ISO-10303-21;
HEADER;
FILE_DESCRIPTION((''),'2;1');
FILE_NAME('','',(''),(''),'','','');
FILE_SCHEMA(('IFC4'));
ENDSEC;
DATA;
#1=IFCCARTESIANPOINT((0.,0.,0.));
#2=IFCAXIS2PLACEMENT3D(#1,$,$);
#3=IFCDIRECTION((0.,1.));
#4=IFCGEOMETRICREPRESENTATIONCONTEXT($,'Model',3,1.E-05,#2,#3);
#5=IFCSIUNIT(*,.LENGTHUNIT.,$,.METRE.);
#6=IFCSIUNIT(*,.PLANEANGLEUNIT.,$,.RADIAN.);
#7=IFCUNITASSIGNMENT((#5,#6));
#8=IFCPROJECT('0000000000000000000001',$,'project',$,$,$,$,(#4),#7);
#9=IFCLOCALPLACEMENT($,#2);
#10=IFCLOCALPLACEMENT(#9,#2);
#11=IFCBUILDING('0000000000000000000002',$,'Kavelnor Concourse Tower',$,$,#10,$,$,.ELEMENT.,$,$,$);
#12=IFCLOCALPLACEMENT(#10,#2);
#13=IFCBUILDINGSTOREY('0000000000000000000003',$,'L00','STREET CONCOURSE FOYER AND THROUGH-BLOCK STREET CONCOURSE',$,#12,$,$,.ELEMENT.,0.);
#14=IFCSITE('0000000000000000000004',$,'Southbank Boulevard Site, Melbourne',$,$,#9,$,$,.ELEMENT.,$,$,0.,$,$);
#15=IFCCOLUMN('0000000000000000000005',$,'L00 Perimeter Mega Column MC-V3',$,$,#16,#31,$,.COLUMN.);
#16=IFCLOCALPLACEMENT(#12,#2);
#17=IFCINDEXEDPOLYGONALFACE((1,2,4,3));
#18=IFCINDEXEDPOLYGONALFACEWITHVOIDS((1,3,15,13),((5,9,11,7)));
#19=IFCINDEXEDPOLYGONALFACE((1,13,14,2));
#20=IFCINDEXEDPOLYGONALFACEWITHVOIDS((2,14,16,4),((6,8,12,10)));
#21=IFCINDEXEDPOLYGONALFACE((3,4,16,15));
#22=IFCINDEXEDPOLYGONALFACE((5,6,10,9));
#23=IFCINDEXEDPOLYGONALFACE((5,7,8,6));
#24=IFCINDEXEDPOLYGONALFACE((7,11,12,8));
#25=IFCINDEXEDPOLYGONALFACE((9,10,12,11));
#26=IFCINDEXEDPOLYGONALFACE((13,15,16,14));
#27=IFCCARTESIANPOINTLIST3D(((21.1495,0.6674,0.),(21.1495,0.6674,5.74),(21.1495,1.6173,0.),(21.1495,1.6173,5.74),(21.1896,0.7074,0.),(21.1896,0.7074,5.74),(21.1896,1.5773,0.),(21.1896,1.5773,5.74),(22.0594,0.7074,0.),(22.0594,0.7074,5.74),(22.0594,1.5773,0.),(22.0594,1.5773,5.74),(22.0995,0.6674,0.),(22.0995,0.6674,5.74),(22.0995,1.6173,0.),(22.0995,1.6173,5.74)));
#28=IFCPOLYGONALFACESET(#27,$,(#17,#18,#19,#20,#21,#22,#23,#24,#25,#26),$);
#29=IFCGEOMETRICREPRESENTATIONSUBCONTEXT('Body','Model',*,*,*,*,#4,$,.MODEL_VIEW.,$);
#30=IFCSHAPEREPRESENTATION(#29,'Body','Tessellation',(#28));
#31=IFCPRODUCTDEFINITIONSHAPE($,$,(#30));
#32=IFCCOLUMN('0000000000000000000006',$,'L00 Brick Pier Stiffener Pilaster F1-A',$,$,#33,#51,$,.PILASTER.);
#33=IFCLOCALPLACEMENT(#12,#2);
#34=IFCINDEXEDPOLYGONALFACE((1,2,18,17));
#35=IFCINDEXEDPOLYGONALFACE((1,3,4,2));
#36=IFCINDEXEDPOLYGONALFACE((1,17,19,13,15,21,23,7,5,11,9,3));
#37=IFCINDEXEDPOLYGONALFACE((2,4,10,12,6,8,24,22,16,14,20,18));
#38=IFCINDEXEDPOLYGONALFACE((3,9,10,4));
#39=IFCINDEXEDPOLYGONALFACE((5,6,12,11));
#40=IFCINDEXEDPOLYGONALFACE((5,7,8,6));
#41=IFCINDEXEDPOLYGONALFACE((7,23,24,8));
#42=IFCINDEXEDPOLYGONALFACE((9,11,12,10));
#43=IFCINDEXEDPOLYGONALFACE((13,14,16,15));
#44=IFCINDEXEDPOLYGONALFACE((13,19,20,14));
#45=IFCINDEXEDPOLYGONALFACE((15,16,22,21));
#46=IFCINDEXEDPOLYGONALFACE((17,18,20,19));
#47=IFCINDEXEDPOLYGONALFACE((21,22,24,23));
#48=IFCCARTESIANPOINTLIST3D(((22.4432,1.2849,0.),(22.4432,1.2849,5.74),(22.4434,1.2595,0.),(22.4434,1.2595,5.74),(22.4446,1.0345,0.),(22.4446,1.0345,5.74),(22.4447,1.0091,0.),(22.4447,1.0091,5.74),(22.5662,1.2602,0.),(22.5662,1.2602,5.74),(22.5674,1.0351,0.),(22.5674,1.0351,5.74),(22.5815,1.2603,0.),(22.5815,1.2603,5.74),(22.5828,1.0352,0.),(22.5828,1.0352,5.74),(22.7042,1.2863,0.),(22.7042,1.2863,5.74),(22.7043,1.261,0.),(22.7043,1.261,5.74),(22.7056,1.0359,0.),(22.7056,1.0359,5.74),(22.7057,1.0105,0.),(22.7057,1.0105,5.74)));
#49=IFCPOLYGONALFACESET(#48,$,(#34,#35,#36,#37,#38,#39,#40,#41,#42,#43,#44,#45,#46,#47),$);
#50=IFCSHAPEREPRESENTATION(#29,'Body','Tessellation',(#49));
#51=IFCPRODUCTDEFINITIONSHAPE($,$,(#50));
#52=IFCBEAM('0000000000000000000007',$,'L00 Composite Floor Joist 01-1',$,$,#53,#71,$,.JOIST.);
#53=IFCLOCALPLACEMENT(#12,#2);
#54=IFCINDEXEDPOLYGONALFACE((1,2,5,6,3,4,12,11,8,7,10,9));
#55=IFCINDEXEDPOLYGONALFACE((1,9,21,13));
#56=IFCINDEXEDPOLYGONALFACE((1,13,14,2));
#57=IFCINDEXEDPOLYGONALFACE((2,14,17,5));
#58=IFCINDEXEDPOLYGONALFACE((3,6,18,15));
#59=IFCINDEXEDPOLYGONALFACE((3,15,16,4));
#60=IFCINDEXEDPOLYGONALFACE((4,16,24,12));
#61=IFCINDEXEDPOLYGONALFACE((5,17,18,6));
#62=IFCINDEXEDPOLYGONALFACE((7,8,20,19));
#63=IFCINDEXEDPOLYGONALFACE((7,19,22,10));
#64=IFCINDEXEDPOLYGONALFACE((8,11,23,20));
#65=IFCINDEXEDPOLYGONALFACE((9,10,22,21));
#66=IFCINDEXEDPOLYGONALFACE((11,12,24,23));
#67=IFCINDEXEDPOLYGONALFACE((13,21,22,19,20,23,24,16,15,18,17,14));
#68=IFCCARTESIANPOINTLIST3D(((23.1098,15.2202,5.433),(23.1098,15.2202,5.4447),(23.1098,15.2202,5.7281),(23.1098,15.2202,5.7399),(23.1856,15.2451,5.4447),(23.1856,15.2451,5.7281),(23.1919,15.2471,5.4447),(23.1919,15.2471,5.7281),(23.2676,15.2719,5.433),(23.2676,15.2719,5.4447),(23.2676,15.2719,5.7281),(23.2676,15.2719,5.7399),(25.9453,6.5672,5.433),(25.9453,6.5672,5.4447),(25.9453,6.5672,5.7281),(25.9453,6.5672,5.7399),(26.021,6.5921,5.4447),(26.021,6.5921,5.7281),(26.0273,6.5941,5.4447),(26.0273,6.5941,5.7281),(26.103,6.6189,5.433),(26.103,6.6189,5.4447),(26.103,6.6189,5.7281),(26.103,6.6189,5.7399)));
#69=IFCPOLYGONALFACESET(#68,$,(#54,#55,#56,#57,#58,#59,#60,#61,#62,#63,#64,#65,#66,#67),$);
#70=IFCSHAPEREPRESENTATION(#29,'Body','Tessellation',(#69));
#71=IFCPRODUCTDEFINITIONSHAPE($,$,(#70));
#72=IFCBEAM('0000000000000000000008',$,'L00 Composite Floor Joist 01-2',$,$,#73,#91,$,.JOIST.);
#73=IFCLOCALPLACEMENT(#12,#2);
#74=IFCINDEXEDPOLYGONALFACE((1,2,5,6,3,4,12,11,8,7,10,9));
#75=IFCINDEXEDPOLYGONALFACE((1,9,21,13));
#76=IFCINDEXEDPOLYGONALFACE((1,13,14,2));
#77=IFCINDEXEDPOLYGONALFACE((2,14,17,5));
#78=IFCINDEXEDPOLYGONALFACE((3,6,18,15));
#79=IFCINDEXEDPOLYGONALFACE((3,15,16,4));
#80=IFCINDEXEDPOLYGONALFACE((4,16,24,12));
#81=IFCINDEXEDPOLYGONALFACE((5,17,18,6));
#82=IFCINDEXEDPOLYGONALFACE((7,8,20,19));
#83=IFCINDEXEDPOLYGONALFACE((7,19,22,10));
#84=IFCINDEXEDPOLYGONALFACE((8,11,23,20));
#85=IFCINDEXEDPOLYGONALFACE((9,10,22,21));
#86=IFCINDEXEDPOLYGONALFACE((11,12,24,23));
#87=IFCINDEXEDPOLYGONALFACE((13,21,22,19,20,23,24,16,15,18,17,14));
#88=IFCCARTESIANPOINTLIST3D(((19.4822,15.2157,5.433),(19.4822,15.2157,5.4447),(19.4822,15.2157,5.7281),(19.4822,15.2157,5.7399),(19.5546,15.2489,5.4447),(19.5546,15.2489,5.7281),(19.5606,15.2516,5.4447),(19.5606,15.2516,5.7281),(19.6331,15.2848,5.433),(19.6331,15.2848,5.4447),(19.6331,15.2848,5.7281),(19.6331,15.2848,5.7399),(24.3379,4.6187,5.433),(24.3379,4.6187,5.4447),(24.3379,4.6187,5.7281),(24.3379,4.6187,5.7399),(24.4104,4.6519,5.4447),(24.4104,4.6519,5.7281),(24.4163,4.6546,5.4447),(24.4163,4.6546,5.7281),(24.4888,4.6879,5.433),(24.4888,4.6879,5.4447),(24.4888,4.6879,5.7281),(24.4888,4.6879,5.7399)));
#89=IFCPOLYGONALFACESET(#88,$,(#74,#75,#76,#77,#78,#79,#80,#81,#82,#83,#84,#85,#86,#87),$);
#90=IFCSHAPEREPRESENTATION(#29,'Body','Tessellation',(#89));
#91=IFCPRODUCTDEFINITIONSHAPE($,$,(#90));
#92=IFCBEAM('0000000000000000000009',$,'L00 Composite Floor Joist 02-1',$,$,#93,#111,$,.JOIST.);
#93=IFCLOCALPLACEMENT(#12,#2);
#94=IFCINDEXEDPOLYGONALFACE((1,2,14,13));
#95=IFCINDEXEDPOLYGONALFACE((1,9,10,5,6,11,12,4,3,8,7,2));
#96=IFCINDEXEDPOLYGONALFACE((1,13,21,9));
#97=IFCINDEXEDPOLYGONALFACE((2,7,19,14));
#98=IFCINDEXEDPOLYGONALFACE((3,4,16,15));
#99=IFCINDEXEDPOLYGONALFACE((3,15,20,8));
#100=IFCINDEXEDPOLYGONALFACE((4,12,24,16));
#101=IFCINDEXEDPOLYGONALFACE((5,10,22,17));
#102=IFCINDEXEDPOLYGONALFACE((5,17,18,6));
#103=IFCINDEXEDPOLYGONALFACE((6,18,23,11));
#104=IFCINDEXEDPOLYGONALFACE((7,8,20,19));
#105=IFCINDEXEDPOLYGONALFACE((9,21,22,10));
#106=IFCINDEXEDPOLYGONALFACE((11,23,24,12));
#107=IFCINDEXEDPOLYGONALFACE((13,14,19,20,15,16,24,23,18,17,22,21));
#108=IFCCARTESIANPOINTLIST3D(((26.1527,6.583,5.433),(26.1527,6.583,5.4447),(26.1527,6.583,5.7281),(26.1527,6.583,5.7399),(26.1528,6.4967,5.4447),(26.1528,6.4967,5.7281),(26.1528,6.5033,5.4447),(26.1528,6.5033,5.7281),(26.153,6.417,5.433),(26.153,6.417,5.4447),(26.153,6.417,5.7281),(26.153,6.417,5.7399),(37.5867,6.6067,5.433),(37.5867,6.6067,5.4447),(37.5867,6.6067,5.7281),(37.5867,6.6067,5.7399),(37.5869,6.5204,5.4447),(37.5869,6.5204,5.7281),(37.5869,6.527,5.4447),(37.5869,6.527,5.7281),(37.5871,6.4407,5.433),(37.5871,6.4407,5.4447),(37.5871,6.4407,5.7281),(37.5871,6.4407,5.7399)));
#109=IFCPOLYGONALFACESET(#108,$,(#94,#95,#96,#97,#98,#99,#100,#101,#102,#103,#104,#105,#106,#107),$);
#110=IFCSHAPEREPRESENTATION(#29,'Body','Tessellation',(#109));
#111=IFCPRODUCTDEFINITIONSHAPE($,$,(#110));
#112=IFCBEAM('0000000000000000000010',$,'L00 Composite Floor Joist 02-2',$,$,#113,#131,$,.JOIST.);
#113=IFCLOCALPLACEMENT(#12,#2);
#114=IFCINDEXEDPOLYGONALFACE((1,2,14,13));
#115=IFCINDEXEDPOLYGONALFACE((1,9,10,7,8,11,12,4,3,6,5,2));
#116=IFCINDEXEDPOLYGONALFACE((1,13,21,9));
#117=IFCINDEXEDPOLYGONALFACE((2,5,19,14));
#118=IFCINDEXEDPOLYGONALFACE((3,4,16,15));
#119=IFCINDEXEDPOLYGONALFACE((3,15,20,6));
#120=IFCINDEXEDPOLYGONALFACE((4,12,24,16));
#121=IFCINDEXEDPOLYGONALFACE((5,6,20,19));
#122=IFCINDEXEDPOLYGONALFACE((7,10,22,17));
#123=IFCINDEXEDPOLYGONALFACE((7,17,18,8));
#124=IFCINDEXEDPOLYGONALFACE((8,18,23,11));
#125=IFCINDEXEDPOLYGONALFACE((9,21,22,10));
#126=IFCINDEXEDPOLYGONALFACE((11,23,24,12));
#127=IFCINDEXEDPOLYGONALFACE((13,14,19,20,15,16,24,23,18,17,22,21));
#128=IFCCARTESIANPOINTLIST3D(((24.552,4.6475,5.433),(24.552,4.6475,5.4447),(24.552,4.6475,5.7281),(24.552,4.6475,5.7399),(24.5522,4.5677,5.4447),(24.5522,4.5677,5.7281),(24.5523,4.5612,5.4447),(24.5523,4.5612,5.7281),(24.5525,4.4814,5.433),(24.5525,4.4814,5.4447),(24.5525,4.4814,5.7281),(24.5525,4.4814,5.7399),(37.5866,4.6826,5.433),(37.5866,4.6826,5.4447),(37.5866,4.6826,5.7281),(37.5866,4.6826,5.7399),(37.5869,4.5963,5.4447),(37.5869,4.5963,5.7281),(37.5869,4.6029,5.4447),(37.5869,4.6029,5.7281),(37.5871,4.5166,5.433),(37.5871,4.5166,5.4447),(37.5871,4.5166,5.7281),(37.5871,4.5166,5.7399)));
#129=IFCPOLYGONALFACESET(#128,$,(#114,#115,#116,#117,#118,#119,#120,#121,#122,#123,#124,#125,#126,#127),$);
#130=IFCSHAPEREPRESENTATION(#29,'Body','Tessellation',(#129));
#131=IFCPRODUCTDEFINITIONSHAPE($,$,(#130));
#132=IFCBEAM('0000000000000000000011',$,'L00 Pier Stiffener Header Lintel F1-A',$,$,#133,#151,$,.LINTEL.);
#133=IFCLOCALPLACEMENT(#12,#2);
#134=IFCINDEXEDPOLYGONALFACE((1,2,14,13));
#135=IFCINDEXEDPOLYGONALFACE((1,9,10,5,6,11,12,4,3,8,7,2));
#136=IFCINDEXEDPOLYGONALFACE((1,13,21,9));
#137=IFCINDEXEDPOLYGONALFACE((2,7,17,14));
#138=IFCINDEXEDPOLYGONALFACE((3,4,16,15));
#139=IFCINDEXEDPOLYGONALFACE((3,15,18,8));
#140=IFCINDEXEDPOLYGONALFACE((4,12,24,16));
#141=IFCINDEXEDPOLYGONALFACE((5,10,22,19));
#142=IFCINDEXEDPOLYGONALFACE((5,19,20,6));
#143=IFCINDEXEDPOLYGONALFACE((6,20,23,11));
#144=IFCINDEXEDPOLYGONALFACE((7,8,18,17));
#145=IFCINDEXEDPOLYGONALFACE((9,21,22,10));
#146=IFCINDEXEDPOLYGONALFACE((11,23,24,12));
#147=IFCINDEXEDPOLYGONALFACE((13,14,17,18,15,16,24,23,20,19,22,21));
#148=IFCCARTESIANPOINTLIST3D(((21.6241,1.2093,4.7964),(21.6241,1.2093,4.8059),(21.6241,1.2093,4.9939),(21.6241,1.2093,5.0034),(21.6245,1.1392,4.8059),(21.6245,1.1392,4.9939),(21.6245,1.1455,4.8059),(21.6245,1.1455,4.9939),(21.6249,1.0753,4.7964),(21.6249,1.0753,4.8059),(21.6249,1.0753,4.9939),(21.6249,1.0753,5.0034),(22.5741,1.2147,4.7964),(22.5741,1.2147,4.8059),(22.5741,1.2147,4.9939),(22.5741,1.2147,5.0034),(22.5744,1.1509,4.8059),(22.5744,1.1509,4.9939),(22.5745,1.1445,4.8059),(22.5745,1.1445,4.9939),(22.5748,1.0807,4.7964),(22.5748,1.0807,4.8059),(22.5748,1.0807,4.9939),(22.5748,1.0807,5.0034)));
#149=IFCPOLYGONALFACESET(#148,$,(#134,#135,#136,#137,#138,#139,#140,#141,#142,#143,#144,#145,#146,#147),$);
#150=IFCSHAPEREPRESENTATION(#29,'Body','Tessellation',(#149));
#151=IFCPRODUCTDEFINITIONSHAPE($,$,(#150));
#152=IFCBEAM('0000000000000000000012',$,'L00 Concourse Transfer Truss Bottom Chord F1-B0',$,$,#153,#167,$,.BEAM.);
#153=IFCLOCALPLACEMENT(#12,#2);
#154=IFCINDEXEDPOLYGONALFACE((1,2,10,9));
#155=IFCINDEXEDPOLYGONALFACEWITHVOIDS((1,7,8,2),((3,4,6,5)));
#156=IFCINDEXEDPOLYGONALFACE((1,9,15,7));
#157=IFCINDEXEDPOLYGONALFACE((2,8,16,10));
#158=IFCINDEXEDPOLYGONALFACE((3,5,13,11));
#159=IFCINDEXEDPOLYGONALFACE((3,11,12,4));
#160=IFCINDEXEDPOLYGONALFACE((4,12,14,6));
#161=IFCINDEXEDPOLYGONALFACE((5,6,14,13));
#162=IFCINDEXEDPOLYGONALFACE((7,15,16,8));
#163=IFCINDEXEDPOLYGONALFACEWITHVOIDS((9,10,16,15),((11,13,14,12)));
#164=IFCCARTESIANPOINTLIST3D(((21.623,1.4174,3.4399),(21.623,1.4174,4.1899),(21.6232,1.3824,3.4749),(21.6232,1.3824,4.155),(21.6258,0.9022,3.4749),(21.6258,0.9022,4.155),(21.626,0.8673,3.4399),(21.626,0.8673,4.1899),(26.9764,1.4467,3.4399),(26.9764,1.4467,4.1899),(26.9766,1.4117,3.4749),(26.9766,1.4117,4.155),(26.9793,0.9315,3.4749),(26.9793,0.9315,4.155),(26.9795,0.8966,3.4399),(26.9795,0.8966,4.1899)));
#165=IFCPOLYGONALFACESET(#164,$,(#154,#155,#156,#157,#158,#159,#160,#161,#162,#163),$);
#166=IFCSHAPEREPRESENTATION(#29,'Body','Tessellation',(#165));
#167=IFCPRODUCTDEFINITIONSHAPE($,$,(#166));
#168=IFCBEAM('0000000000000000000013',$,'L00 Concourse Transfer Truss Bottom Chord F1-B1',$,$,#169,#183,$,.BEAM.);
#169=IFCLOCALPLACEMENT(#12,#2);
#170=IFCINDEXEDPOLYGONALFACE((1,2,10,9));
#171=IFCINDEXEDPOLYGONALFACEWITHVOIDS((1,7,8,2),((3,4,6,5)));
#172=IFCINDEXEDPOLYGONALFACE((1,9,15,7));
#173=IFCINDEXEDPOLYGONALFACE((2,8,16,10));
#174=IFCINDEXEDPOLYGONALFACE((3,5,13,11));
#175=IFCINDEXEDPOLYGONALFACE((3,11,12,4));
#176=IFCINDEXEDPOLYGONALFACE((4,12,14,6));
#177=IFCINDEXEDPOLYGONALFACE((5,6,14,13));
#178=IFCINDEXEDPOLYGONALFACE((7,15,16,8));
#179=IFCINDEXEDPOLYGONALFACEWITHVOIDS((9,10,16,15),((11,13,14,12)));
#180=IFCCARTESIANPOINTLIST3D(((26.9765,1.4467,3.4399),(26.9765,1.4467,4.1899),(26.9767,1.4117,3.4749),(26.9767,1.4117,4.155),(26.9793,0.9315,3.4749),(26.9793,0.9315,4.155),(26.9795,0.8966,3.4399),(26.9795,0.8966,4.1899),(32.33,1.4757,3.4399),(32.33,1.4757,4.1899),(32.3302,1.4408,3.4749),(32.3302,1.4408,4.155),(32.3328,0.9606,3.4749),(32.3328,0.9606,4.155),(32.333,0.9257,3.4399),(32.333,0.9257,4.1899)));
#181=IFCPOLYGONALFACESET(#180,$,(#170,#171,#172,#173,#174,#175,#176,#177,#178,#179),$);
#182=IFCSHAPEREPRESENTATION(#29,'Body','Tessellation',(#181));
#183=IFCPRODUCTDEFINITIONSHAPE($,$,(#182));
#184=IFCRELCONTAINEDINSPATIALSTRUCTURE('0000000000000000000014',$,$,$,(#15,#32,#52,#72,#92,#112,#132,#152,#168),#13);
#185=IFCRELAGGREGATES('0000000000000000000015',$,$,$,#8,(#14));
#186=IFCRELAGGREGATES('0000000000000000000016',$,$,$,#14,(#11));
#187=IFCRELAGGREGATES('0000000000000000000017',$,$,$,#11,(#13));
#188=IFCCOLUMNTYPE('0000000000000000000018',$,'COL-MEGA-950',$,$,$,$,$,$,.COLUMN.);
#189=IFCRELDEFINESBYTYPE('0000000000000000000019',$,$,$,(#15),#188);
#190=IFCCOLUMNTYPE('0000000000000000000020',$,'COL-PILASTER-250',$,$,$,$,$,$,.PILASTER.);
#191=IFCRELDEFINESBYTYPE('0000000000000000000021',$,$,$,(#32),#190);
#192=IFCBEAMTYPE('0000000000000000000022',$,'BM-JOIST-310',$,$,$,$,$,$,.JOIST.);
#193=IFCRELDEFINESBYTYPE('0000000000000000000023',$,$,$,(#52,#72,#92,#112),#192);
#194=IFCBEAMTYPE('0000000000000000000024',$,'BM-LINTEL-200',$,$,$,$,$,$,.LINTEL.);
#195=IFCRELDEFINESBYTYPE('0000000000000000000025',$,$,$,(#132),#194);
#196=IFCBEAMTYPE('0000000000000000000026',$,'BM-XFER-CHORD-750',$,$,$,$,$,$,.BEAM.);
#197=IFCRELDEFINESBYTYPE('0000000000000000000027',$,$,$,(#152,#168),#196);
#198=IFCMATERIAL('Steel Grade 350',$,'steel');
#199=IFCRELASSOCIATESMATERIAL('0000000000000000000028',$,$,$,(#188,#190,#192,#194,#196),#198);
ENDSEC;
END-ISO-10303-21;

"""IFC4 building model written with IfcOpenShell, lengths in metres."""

from ifc_helpers import new_model, si_unit, direction, frame, origin, origin_2d, place, context, subcontext, project, spatial, hollow_rectangle, i_section, extrude, material, material_profile, profile_set, type_object, element, save


model = new_model("IFC4")

# Units and contexts
model_context = context("Model", 3, precision=1e-05, world=origin(), true_north=direction((0.0, 1.0)))
body_context = subcontext(model_context, "Body", "Model", "MODEL_VIEW")
ifc_project = project(units=[si_unit("LENGTHUNIT", "METRE"), si_unit("PLANEANGLEUNIT", "RADIAN")], contexts=[model_context])

# Site, building, storey
site_placement = place(None, origin())
site = spatial("IfcSite", under=ifc_project, at=site_placement, Name="Southbank Boulevard Site, Melbourne", CompositionType="ELEMENT", RefElevation=0.0)
building_placement = place(site_placement, origin())
building = spatial("IfcBuilding", under=site, at=building_placement, Name="Kavelnor Concourse Tower", CompositionType="ELEMENT")
storey_placement = place(building_placement, origin())
storey = spatial("IfcBuildingStorey", under=building, at=storey_placement, Name="L00", Description="STREET CONCOURSE FOYER AND THROUGH-BLOCK STREET CONCOURSE", CompositionType="ELEMENT", Elevation=0.0)

# Columns
ifc_material_1 = material(Name="Steel Grade 350", Category="steel")
ifc_material_profile_1 = material_profile(ifc_material_1, hollow_rectangle(XDim=0.95, YDim=0.95, WallThickness=0.04, at=origin_2d()), Name="SHS 950x950x40")
ifc_profile_set_1 = profile_set([ifc_material_profile_1], Name="Steel Grade 350")
column_type_1 = type_object("IfcColumnType", Name="COL-MEGA-950", PredefinedType="COLUMN", material=ifc_profile_set_1)
column_1_placement = place(storey_placement, frame((21.6245, 1.1423, 0.0), z_axis=(0.0, 0.0, 1.0), x_axis=(1.0, 0.0, 0.0)))
element("IfcColumn", 1, at=column_1_placement, inside=storey, type_object=column_type_1, Name="L00 Perimeter Mega Column MC-V3", PredefinedType="COLUMN", context=body_context, shape_type="SweptSolid", body=[
    extrude(hollow_rectangle(XDim=0.95, YDim=0.95, WallThickness=0.04, at=origin_2d()), origin(), (0.0, 0.0, 1.0), 5.74),
])
ifc_material_profile_2 = material_profile(ifc_material_1, i_section(OverallWidth=0.261, OverallDepth=0.2759, WebThickness=0.0154, FlangeThickness=0.0254, at=origin_2d()), Name="UC 254x254x132")
ifc_profile_set_2 = profile_set([ifc_material_profile_2], Name="Steel Grade 350")
column_type_2 = type_object("IfcColumnType", Name="COL-PILASTER-250", PredefinedType="PILASTER", material=ifc_profile_set_2)
column_2_placement = place(storey_placement, frame((22.5745, 1.1477, 0.0), z_axis=(0.0, 0.0, 1.0), x_axis=(0.999985, 0.00541, 0.0)))
element("IfcColumn", 2, at=column_2_placement, inside=storey, type_object=column_type_2, Name="L00 Brick Pier Stiffener Pilaster F1-A", PredefinedType="PILASTER", context=body_context, shape_type="SweptSolid", body=[
    extrude(i_section(OverallWidth=0.261, OverallDepth=0.2759, WebThickness=0.0154, FlangeThickness=0.0254, at=origin_2d()), origin(), (0.0, 0.0, 1.0), 5.74),
])

# Beams
ifc_material_profile_3 = material_profile(ifc_material_1, i_section(OverallWidth=0.166, OverallDepth=0.3069, WebThickness=0.0066, FlangeThickness=0.0117, at=origin_2d()), Name="310UB46")
ifc_profile_set_3 = profile_set([ifc_material_profile_3], Name="Steel Grade 350")
beam_type_1 = type_object("IfcBeamType", Name="BM-JOIST-310", PredefinedType="JOIST", material=ifc_profile_set_3)
beam_1_placement = place(storey_placement, frame((23.1887, 15.2461, 5.5864), z_axis=(0.31139, -0.950282, 0.0), x_axis=(0.950282, 0.31139, 0.0)))
element("IfcBeam", 3, at=beam_1_placement, inside=storey, type_object=beam_type_1, Name="L00 Composite Floor Joist 01-1", PredefinedType="JOIST", context=body_context, shape_type="SweptSolid", body=[
    extrude(i_section(OverallWidth=0.166, OverallDepth=0.3069, WebThickness=0.0066, FlangeThickness=0.0117, at=origin_2d()), origin(), (0.0, 0.0, 1.0), 9.1057),
])
beam_2_placement = place(storey_placement, frame((19.5576, 15.2502, 5.5864), z_axis=(0.416569, -0.909104, 0.0), x_axis=(0.909104, 0.416569, 0.0)))
element("IfcBeam", 4, at=beam_2_placement, inside=storey, type_object=beam_type_1, Name="L00 Composite Floor Joist 01-2", PredefinedType="JOIST", context=body_context, shape_type="SweptSolid", body=[
    extrude(i_section(OverallWidth=0.166, OverallDepth=0.3069, WebThickness=0.0066, FlangeThickness=0.0117, at=origin_2d()), origin(), (0.0, 0.0, 1.0), 11.6565),
])
beam_3_placement = place(storey_placement, frame((26.1528, 6.5, 5.5864), z_axis=(0.999998, 0.002071, 0.0), x_axis=(-0.002071, 0.999998, 0.0)))
element("IfcBeam", 5, at=beam_3_placement, inside=storey, type_object=beam_type_1, Name="L00 Composite Floor Joist 02-1", PredefinedType="JOIST", context=body_context, shape_type="SweptSolid", body=[
    extrude(i_section(OverallWidth=0.166, OverallDepth=0.3069, WebThickness=0.0066, FlangeThickness=0.0117, at=origin_2d()), origin(), (0.0, 0.0, 1.0), 11.4341),
])
beam_4_placement = place(storey_placement, frame((24.5522, 4.5645, 5.5864), z_axis=(0.999996, 0.002697, 0.0), x_axis=(-0.002697, 0.999996, 0.0)))
element("IfcBeam", 6, at=beam_4_placement, inside=storey, type_object=beam_type_1, Name="L00 Composite Floor Joist 02-2", PredefinedType="JOIST", context=body_context, shape_type="SweptSolid", body=[
    extrude(i_section(OverallWidth=0.166, OverallDepth=0.3069, WebThickness=0.0066, FlangeThickness=0.0117, at=origin_2d()), origin(), (0.0, 0.0, 1.0), 13.0347),
])
ifc_material_profile_4 = material_profile(ifc_material_1, i_section(OverallWidth=0.134, OverallDepth=0.207, WebThickness=0.0063, FlangeThickness=0.0095, at=origin_2d()), Name="200UB29")
ifc_profile_set_4 = profile_set([ifc_material_profile_4], Name="Steel Grade 350")
beam_type_2 = type_object("IfcBeamType", Name="BM-LINTEL-200", PredefinedType="LINTEL", material=ifc_profile_set_4)
beam_5_placement = place(storey_placement, frame((21.6245, 1.1423, 4.8999), z_axis=(0.999984, 0.005654, 0.0), x_axis=(-0.005654, 0.999984, 0.0)))
element("IfcBeam", 7, at=beam_5_placement, inside=storey, type_object=beam_type_2, Name="L00 Pier Stiffener Header Lintel F1-A", PredefinedType="LINTEL", context=body_context, shape_type="SweptSolid", body=[
    extrude(i_section(OverallWidth=0.134, OverallDepth=0.207, WebThickness=0.0063, FlangeThickness=0.0095, at=origin_2d()), origin(), (0.0, 0.0, 1.0), 0.95),
])
ifc_material_profile_5 = material_profile(ifc_material_1, hollow_rectangle(XDim=0.55, YDim=0.75, WallThickness=0.0349, at=origin_2d()), Name="RHS 750x550x35")
ifc_profile_set_5 = profile_set([ifc_material_profile_5], Name="Steel Grade 350")
beam_type_3 = type_object("IfcBeamType", Name="BM-XFER-CHORD-750", PredefinedType="BEAM", material=ifc_profile_set_5)
for number, where, z_axis, x_axis, name in (
    (8, (21.6245, 1.1423, 3.8149), (0.999985, 0.005472, 0.0), (-0.005472, 0.999985, 0.0), "L00 Concourse Transfer Truss Bottom Chord F1-B0"),
    (9, (26.978, 1.1716, 3.8149), (0.999985, 0.005427, 0.0), (-0.005427, 0.999985, 0.0), "L00 Concourse Transfer Truss Bottom Chord F1-B1"),
):
    element("IfcBeam", number, at=place(storey_placement, frame(where, z_axis=z_axis, x_axis=x_axis)), inside=storey, type_object=beam_type_3, Name=name, PredefinedType="BEAM", context=body_context, shape_type="SweptSolid", body=[
        extrude(hollow_rectangle(XDim=0.55, YDim=0.75, WallThickness=0.0349, at=origin_2d()), origin(), (0.0, 0.0, 1.0), 5.3535),
    ])

save(model, "model.ifc")
